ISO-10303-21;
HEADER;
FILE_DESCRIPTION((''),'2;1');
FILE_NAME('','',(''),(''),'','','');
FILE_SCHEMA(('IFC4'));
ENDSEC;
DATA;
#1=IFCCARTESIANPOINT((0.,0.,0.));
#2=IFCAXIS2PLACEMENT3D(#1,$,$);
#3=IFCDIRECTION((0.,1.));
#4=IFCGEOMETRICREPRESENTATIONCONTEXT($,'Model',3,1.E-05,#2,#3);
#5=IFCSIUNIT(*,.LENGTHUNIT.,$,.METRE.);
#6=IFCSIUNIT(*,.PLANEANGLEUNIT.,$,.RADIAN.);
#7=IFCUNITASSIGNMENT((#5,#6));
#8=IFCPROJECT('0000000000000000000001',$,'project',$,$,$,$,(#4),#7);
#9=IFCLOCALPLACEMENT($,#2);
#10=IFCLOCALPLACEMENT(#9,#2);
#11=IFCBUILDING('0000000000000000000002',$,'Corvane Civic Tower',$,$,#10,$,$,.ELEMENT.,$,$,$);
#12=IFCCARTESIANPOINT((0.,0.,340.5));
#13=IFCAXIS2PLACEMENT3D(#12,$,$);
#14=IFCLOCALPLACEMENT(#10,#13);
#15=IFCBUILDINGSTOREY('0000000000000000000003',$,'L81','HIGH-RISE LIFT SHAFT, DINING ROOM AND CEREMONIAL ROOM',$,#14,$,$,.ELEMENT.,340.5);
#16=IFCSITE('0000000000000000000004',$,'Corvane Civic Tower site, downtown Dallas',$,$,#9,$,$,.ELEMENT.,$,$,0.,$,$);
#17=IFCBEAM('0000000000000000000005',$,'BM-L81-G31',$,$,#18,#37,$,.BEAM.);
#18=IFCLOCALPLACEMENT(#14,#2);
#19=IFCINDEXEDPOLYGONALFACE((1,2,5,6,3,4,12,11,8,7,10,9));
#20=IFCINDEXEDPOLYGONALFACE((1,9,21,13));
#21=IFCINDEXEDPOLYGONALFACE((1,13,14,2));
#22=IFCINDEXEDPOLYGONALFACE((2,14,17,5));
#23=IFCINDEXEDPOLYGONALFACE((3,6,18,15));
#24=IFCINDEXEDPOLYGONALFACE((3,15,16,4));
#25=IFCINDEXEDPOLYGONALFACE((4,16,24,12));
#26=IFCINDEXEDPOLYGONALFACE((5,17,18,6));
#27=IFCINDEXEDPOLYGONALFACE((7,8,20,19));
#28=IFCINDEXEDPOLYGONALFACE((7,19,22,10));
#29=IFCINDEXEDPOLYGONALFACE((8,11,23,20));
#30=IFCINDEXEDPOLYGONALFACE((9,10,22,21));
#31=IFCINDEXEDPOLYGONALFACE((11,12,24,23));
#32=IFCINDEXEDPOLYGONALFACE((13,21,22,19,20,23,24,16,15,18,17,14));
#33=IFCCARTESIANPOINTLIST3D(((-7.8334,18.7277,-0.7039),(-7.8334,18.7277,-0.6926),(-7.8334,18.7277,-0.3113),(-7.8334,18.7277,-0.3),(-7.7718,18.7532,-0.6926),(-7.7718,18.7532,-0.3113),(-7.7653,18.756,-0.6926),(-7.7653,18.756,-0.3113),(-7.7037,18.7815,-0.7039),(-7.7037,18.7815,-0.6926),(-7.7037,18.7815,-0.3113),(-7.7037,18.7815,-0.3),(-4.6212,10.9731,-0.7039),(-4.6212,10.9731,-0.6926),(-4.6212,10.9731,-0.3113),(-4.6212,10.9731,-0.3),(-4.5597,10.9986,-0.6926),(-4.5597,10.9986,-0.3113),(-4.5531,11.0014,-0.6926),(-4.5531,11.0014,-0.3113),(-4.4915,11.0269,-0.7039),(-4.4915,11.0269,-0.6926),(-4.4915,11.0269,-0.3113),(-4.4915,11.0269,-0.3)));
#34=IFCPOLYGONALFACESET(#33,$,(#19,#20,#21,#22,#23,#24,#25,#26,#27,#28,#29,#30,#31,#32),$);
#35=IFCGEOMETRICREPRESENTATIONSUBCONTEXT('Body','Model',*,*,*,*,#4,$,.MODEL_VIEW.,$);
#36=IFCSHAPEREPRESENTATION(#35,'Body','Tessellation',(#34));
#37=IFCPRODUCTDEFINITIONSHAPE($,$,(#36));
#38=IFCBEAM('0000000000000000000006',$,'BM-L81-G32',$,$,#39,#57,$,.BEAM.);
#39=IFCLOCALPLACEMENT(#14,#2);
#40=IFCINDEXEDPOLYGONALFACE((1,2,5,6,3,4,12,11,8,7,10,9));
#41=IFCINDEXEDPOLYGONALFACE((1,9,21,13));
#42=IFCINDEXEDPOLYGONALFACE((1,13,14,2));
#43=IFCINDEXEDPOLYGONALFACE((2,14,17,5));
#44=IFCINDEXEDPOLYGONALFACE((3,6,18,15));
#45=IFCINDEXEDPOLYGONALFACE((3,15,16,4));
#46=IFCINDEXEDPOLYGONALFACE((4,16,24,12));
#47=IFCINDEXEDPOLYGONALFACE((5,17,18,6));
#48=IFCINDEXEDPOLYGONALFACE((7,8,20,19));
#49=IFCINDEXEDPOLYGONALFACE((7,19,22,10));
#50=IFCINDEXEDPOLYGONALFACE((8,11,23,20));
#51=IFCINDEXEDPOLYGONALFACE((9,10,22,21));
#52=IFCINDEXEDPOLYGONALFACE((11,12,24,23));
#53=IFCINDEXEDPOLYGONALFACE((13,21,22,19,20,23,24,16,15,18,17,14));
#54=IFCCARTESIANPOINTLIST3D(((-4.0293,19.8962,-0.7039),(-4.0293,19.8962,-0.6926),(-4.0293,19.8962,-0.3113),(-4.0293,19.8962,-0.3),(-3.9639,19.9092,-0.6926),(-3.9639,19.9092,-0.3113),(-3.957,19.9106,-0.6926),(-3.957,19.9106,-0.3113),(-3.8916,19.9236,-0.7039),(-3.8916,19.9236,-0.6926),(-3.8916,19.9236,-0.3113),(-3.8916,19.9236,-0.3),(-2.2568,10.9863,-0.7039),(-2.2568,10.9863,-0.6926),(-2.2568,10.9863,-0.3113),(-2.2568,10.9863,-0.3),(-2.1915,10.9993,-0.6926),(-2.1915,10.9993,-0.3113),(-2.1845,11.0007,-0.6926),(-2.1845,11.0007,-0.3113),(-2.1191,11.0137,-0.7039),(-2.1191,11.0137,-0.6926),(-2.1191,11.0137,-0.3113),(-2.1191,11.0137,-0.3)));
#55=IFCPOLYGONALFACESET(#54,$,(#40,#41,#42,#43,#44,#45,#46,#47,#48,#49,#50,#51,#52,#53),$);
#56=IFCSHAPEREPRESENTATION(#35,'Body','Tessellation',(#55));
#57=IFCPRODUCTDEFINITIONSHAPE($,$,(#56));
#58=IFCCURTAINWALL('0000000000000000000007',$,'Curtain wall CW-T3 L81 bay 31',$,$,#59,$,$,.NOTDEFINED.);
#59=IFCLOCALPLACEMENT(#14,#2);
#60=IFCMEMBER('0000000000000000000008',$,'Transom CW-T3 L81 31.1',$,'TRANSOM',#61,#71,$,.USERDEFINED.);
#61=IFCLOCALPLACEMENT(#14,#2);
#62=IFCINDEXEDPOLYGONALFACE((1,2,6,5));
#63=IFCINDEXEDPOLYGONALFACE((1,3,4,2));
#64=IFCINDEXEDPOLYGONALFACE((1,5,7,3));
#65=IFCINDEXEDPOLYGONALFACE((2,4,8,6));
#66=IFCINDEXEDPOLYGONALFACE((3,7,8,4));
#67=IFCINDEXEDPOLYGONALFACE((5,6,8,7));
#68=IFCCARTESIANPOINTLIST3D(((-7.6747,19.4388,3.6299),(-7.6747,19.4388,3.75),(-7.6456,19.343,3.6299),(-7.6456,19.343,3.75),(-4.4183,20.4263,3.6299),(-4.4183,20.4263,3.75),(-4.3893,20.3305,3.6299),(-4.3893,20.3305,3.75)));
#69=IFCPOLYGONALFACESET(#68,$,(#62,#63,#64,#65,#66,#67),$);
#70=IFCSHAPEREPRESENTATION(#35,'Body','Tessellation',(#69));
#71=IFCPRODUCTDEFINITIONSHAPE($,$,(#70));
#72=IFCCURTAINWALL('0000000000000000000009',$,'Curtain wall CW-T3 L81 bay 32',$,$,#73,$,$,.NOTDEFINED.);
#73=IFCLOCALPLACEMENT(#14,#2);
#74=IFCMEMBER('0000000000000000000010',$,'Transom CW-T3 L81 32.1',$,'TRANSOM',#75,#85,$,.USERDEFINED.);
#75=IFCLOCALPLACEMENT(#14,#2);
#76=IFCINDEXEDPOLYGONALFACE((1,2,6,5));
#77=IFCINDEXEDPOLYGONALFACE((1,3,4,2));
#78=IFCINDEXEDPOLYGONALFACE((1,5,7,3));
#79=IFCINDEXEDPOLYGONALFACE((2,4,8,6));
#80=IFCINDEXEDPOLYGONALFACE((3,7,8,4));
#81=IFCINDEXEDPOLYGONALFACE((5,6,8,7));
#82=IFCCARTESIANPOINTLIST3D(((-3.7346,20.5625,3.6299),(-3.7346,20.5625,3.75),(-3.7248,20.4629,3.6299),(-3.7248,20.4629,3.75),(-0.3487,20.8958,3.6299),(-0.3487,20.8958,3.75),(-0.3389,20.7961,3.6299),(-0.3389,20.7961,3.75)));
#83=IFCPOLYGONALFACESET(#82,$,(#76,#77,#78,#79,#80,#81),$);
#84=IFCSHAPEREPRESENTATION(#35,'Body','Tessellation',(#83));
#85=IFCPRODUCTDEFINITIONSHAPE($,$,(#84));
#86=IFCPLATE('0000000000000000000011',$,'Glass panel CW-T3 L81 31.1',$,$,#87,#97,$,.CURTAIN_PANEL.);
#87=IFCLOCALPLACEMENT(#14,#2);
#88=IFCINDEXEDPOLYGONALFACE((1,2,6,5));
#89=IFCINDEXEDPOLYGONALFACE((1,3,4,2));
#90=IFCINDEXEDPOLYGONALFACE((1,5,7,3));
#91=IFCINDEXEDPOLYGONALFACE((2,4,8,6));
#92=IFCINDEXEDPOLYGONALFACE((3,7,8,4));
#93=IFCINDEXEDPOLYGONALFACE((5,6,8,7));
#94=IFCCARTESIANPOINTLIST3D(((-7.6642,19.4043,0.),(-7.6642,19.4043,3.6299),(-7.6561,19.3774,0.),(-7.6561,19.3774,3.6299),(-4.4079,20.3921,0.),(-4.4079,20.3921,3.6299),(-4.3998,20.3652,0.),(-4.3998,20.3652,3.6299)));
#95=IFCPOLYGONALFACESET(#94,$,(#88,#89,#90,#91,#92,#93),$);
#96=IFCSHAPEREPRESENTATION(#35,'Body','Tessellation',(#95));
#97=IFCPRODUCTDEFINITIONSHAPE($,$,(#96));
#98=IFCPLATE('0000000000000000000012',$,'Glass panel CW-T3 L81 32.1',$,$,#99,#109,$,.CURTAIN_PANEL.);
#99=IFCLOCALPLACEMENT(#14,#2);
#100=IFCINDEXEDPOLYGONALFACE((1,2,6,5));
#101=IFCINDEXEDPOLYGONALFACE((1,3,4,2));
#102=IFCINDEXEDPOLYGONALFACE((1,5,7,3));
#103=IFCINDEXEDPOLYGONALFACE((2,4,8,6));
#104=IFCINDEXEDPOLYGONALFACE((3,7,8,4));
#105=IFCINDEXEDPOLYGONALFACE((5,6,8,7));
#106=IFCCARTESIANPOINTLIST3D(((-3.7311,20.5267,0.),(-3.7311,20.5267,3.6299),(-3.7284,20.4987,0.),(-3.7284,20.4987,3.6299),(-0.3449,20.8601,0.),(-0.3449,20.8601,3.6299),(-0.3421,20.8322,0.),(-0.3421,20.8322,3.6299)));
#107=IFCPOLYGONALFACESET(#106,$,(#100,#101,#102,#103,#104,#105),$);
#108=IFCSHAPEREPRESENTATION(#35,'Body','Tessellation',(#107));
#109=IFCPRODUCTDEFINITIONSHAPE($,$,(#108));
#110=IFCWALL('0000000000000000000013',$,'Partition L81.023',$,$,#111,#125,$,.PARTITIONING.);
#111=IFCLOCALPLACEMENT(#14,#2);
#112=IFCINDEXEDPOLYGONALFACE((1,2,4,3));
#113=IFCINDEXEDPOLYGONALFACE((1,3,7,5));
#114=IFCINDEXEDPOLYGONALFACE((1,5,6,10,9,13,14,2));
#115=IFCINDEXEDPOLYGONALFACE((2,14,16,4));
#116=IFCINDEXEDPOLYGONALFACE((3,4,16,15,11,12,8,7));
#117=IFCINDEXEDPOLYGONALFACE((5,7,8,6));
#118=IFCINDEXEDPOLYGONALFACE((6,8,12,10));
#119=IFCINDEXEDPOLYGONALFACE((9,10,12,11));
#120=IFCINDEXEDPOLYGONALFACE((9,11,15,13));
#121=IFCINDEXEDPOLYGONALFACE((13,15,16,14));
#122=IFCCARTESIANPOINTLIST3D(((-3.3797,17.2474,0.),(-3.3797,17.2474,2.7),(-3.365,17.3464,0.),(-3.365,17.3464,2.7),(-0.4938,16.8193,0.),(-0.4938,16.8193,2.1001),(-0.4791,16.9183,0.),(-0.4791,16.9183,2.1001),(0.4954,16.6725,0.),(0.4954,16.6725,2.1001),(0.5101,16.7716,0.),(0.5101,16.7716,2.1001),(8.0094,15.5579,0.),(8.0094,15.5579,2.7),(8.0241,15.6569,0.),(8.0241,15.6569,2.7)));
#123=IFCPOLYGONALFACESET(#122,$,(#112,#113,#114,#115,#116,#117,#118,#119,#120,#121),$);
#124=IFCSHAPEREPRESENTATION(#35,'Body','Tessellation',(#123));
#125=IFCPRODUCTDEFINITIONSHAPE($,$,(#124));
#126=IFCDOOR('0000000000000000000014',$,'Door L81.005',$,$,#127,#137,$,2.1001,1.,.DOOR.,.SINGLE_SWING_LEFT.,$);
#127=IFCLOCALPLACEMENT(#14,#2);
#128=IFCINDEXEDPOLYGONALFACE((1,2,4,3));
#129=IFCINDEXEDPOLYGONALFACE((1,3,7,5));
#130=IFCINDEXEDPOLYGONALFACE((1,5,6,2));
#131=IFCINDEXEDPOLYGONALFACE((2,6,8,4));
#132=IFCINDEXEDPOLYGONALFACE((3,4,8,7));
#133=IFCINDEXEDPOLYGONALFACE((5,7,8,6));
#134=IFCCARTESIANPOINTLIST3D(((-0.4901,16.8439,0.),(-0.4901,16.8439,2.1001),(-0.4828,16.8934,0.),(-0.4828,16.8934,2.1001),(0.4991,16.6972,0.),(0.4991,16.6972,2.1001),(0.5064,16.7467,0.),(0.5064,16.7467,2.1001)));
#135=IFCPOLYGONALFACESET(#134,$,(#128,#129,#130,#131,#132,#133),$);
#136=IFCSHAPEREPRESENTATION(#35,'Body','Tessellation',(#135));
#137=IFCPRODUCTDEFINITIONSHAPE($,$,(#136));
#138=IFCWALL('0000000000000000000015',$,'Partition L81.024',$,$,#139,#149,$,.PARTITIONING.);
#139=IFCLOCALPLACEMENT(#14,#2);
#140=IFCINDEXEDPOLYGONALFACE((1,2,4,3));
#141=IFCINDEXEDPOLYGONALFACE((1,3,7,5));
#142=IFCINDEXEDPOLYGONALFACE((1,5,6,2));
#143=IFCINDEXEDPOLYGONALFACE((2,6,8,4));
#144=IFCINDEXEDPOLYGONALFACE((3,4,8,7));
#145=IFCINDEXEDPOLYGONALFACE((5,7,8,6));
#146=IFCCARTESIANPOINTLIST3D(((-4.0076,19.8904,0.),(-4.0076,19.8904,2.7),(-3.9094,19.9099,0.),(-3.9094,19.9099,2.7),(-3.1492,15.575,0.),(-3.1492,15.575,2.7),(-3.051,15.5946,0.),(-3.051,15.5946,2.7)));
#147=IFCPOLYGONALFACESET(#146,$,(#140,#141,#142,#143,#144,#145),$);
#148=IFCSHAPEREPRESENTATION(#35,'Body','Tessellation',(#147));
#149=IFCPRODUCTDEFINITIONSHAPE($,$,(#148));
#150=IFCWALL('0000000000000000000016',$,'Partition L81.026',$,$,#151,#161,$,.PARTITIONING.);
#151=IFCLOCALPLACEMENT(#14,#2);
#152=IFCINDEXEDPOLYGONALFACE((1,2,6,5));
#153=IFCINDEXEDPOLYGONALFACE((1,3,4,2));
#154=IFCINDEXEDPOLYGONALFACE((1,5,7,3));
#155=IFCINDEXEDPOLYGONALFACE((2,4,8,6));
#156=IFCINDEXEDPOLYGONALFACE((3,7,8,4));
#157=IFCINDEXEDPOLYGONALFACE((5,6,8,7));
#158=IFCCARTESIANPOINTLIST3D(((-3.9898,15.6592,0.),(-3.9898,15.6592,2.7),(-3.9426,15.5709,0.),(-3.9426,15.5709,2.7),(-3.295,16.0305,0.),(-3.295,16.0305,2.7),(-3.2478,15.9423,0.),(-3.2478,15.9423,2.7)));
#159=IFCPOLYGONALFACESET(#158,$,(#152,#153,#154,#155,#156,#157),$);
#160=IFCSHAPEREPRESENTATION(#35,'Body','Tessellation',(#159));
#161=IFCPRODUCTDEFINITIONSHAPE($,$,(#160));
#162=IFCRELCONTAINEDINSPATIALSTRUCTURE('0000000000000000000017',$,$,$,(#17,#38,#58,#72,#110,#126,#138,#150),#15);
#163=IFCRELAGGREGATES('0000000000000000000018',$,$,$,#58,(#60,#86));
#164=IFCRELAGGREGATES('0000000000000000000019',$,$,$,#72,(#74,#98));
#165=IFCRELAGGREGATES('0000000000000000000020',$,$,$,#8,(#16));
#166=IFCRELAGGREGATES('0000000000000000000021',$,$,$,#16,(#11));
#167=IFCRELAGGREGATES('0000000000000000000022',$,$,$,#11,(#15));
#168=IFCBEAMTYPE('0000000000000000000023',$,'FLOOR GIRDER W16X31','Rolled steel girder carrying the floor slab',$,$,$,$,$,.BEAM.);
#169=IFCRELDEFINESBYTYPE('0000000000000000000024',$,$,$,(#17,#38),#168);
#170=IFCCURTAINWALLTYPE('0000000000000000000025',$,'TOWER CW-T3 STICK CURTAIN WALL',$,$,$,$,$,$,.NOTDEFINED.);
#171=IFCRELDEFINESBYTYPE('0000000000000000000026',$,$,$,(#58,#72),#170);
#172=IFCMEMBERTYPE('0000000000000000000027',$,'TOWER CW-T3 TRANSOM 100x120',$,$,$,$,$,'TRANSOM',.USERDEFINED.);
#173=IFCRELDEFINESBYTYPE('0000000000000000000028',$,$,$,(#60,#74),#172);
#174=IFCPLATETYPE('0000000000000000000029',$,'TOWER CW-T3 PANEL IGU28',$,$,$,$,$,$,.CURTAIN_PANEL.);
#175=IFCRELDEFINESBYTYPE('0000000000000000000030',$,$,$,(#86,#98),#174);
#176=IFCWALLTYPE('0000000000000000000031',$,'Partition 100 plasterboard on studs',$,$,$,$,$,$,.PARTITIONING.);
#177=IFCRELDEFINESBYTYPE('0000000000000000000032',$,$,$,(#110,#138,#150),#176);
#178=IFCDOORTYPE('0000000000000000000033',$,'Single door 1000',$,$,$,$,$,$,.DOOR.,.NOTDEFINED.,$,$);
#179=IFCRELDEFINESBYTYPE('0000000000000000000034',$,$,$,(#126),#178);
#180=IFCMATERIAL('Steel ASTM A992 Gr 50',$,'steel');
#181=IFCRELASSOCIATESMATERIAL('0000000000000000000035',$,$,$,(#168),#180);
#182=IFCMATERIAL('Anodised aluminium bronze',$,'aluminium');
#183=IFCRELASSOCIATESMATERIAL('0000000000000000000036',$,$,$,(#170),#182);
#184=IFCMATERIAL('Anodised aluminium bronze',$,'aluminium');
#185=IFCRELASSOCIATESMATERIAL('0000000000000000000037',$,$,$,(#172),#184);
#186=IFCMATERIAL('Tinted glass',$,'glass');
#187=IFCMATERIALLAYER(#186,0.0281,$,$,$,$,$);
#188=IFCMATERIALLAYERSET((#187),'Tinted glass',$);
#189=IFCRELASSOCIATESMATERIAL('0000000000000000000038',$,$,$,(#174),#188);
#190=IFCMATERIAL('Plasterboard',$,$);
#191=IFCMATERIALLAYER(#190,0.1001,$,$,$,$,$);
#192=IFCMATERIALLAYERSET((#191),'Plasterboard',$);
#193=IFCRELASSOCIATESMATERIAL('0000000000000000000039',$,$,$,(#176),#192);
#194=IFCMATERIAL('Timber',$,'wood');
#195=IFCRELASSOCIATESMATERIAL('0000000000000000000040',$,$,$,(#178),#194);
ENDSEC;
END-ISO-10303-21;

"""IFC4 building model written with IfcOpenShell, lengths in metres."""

from ifc_helpers import new_model, si_unit, direction, frame, frame_2d, origin, origin_2d, place, context, subcontext, project, spatial, rectangle, i_section, extrude, material, layer, layer_set, material_profile, profile_set, type_object, element, fill, aggregate, save


model = new_model("IFC4")

# Units and contexts
model_context = context("Model", 3, precision=1e-05, world=origin(), true_north=direction((0.0, 1.0)))
body_context = subcontext(model_context, "Body", "Model", "MODEL_VIEW")
ifc_project = project(units=[si_unit("LENGTHUNIT", "METRE"), si_unit("PLANEANGLEUNIT", "RADIAN")], contexts=[model_context])

# Site, building, storey
site_placement = place(None, origin())
site = spatial("IfcSite", under=ifc_project, at=site_placement, Name="Corvane Civic Tower site, downtown Dallas", CompositionType="ELEMENT", RefElevation=0.0)
building_placement = place(site_placement, origin())
building = spatial("IfcBuilding", under=site, at=building_placement, Name="Corvane Civic Tower", CompositionType="ELEMENT")
storey_placement = place(building_placement, frame((0.0, 0.0, 340.5)))
storey = spatial("IfcBuildingStorey", under=building, at=storey_placement, Name="L81", Description="HIGH-RISE LIFT SHAFT, DINING ROOM AND CEREMONIAL ROOM", CompositionType="ELEMENT", Elevation=340.5)

# Beams
ifc_material_1 = material(Name="Steel ASTM A992 Gr 50", Category="steel")
ifc_material_profile_1 = material_profile(ifc_material_1, i_section(OverallWidth=0.1404, OverallDepth=0.4038, WebThickness=0.0071, FlangeThickness=0.0112, at=origin_2d()), Name="W16X31")
ifc_profile_set_1 = profile_set([ifc_material_profile_1], Name="Steel ASTM A992 Gr 50")
beam_type_1 = type_object("IfcBeamType", Name="FLOOR GIRDER W16X31", Description="Rolled steel girder carrying the floor slab", PredefinedType="BEAM", material=ifc_profile_set_1)
beam_1_placement = place(storey_placement, frame((-4.5564, 11.0, -0.502), z_axis=(-0.382692, 0.923876, 0.0), x_axis=(-0.923876, -0.382692, 0.0)))
element("IfcBeam", 1, at=beam_1_placement, inside=storey, type_object=beam_type_1, Name="BM-L81-G31", PredefinedType="BEAM", context=body_context, shape_type="SweptSolid", body=[
    extrude(i_section(OverallWidth=0.1404, OverallDepth=0.4038, WebThickness=0.0071, FlangeThickness=0.0112, at=origin_2d()), origin(), (0.0, 0.0, 1.0), 8.3936),
])
beam_2_placement = place(storey_placement, frame((-2.188, 11.0, -0.502), z_axis=(-0.195108, 0.980782, 0.0), x_axis=(-0.980782, -0.195108, 0.0)))
element("IfcBeam", 2, at=beam_2_placement, inside=storey, type_object=beam_type_1, Name="BM-L81-G32", PredefinedType="BEAM", context=body_context, shape_type="SweptSolid", body=[
    extrude(i_section(OverallWidth=0.1404, OverallDepth=0.4038, WebThickness=0.0071, FlangeThickness=0.0112, at=origin_2d()), origin(), (0.0, 0.0, 1.0), 9.0845),
])

# Curtain walls, members
ifc_material_2 = material(Name="Anodised aluminium bronze", Category="aluminium")
curtain_wall_type = type_object("IfcCurtainWallType", Name="TOWER CW-T3 STICK CURTAIN WALL", PredefinedType="NOTDEFINED", material=ifc_material_2)
curtain_wall_1_placement = place(storey_placement, origin())
curtain_wall_1 = element("IfcCurtainWall", 3, at=curtain_wall_1_placement, inside=storey, type_object=curtain_wall_type, Name="Curtain wall CW-T3 L81 bay 31", PredefinedType="NOTDEFINED")
ifc_material_3 = material(Name="Anodised aluminium bronze", Category="aluminium")
ifc_material_profile_2 = material_profile(ifc_material_3, rectangle(XDim=0.1001, YDim=0.1201, at=origin_2d()), Name="TOWER CW-T3 TRANSOM 100x120")
ifc_profile_set_2 = profile_set([ifc_material_profile_2], Name="Anodised aluminium bronze")
member_type = type_object("IfcMemberType", Name="TOWER CW-T3 TRANSOM 100x120", ElementType="TRANSOM", PredefinedType="USERDEFINED", material=ifc_profile_set_2)
member_1_placement = place(storey_placement, frame((-7.6602, 19.3909, 3.6899), z_axis=(0.956961, 0.290216, 0.0), x_axis=(-0.290216, 0.956961, 0.0)))
member_1 = element("IfcMember", 4, at=member_1_placement, type_object=member_type, Name="Transom CW-T3 L81 31.1", ObjectType="TRANSOM", PredefinedType="USERDEFINED", context=body_context, shape_type="SweptSolid", body=[
    extrude(rectangle(XDim=0.1001, YDim=0.1201, at=origin_2d()), origin(), (0.0, 0.0, 1.0), 3.4028),
])
curtain_wall_2_placement = place(storey_placement, origin())
curtain_wall_2 = element("IfcCurtainWall", 5, at=curtain_wall_2_placement, inside=storey, type_object=curtain_wall_type, Name="Curtain wall CW-T3 L81 bay 32", PredefinedType="NOTDEFINED")
member_2_placement = place(storey_placement, frame((-3.7297, 20.5127, 3.6899), z_axis=(0.995192, 0.097948, 0.0), x_axis=(-0.097948, 0.995192, 0.0)))
member_2 = element("IfcMember", 6, at=member_2_placement, type_object=member_type, Name="Transom CW-T3 L81 32.1", ObjectType="TRANSOM", PredefinedType="USERDEFINED", context=body_context, shape_type="SweptSolid", body=[
    extrude(rectangle(XDim=0.1001, YDim=0.1201, at=origin_2d()), origin(), (0.0, 0.0, 1.0), 3.4023),
])

# Plates
ifc_material_4 = material(Name="Tinted glass", Category="glass")
ifc_layer_1 = layer(ifc_material_4, 0.0281)
ifc_layer_set_1 = layer_set([ifc_layer_1], Name="Tinted glass")
plate_type = type_object("IfcPlateType", Name="TOWER CW-T3 PANEL IGU28", PredefinedType="CURTAIN_PANEL", material=ifc_layer_set_1)
plate_1_placement = place(storey_placement, frame((-6.032, 19.8848, 0.0), z_axis=(0.0, 0.0, 1.0), x_axis=(0.956939, 0.29029, 0.0)))
plate_1 = element("IfcPlate", 7, at=plate_1_placement, type_object=plate_type, Name="Glass panel CW-T3 L81 31.1", PredefinedType="CURTAIN_PANEL", context=body_context, shape_type="SweptSolid", body=[
    extrude(rectangle(XDim=3.4028, YDim=0.0281, at=origin_2d()), origin(), (0.0, 0.0, 1.0), 3.6299),
])
aggregate(curtain_wall_1, [member_1, plate_1])
plate_2_placement = place(storey_placement, frame((-2.0366, 20.6794, 0.0), z_axis=(0.0, 0.0, 1.0), x_axis=(0.995187, 0.097998, 0.0)))
plate_2 = element("IfcPlate", 8, at=plate_2_placement, type_object=plate_type, Name="Glass panel CW-T3 L81 32.1", PredefinedType="CURTAIN_PANEL", context=body_context, shape_type="SweptSolid", body=[
    extrude(rectangle(XDim=3.4026, YDim=0.0281, at=origin_2d()), origin(), (0.0, 0.0, 1.0), 3.6299),
])
aggregate(curtain_wall_2, [member_2, plate_2])

# Wall, opening, door
ifc_material_5 = material(Name="Plasterboard")
ifc_layer_2 = layer(ifc_material_5, 0.1001)
ifc_layer_set_2 = layer_set([ifc_layer_2], Name="Plasterboard")
wall_type_1 = type_object("IfcWallType", Name="Partition 100 plasterboard on studs", PredefinedType="PARTITIONING", material=ifc_layer_set_2)
wall_1_placement = place(storey_placement, frame((-3.3723, 17.2969, 0.0), z_axis=(0.0, 0.0, 1.0), x_axis=(0.989176, -0.146733, 0.0)))
wall_1 = element("IfcWall", 9, at=wall_1_placement, inside=storey, type_object=wall_type_1, Name="Partition L81.023", PredefinedType="PARTITIONING", context=body_context, shape_type="SweptSolid", body=[
    extrude(rectangle(XDim=11.5137, YDim=0.1001, at=frame_2d((5.7568, 0.0))), origin(), (0.0, 0.0, 1.0), 2.7),
])
opening_1_placement = place(wall_1_placement, frame((2.9175, 0.0, 0.0)))
opening_1 = element("IfcOpeningElement", 10, at=opening_1_placement, cuts=wall_1, PredefinedType="OPENING", context=body_context, shape_type="SweptSolid", body=[
    extrude(rectangle(XDim=1.0, YDim=2.1001, at=frame_2d((0.5, 1.05))), frame((0.0, 0.0601, 0.0), z_axis=(0.0, -1.0, 0.0), x_axis=(1.0, 0.0, 0.0)), (0.0, 0.0, 1.0), 0.1201),
])
ifc_material_6 = material(Name="Timber", Category="wood")
door_type_1 = type_object("IfcDoorType", Name="Single door 1000", OperationType="NOTDEFINED", PredefinedType="DOOR", material=ifc_material_6)
door_1_placement = place(opening_1_placement, origin())
door_1 = element("IfcDoor", 11, at=door_1_placement, inside=storey, type_object=door_type_1, Name="Door L81.005", OperationType="SINGLE_SWING_LEFT", OverallHeight=2.1001, OverallWidth=1.0, PredefinedType="DOOR", context=body_context, shape_type="SweptSolid", body=[
    extrude(rectangle(XDim=1.0, YDim=2.1001, at=frame_2d((0.5, 1.05))), frame((0.0, 0.0249, 0.0), z_axis=(0.0, -1.0, 0.0), x_axis=(1.0, 0.0, 0.0)), (0.0, 0.0, 1.0), 0.05),
])
fill(opening_1, door_1)

# Walls
wall_2_placement = place(storey_placement, frame((-3.9585, 19.9001, 0.0), z_axis=(0.0, 0.0, 1.0), x_axis=(0.195092, -0.980785, 0.0)))
element("IfcWall", 12, at=wall_2_placement, inside=storey, type_object=wall_type_1, Name="Partition L81.024", PredefinedType="PARTITIONING", context=body_context, shape_type="SweptSolid", body=[
    extrude(rectangle(XDim=4.3999, YDim=0.1001, at=frame_2d((2.2, 0.0))), origin(), (0.0, 0.0, 1.0), 2.7),
])
wall_3_placement = place(storey_placement, frame((-3.9663, 15.615, 0.0), z_axis=(0.0, 0.0, 1.0), x_axis=(0.881949, 0.471344, 0.0)))
element("IfcWall", 13, at=wall_3_placement, inside=storey, type_object=wall_type_1, Name="Partition L81.026", PredefinedType="PARTITIONING", context=body_context, shape_type="SweptSolid", body=[
    extrude(rectangle(XDim=0.7878, YDim=0.1001, at=frame_2d((0.394, 0.0))), origin(), (0.0, 0.0, 1.0), 2.7),
])

save(model, "model.ifc")
